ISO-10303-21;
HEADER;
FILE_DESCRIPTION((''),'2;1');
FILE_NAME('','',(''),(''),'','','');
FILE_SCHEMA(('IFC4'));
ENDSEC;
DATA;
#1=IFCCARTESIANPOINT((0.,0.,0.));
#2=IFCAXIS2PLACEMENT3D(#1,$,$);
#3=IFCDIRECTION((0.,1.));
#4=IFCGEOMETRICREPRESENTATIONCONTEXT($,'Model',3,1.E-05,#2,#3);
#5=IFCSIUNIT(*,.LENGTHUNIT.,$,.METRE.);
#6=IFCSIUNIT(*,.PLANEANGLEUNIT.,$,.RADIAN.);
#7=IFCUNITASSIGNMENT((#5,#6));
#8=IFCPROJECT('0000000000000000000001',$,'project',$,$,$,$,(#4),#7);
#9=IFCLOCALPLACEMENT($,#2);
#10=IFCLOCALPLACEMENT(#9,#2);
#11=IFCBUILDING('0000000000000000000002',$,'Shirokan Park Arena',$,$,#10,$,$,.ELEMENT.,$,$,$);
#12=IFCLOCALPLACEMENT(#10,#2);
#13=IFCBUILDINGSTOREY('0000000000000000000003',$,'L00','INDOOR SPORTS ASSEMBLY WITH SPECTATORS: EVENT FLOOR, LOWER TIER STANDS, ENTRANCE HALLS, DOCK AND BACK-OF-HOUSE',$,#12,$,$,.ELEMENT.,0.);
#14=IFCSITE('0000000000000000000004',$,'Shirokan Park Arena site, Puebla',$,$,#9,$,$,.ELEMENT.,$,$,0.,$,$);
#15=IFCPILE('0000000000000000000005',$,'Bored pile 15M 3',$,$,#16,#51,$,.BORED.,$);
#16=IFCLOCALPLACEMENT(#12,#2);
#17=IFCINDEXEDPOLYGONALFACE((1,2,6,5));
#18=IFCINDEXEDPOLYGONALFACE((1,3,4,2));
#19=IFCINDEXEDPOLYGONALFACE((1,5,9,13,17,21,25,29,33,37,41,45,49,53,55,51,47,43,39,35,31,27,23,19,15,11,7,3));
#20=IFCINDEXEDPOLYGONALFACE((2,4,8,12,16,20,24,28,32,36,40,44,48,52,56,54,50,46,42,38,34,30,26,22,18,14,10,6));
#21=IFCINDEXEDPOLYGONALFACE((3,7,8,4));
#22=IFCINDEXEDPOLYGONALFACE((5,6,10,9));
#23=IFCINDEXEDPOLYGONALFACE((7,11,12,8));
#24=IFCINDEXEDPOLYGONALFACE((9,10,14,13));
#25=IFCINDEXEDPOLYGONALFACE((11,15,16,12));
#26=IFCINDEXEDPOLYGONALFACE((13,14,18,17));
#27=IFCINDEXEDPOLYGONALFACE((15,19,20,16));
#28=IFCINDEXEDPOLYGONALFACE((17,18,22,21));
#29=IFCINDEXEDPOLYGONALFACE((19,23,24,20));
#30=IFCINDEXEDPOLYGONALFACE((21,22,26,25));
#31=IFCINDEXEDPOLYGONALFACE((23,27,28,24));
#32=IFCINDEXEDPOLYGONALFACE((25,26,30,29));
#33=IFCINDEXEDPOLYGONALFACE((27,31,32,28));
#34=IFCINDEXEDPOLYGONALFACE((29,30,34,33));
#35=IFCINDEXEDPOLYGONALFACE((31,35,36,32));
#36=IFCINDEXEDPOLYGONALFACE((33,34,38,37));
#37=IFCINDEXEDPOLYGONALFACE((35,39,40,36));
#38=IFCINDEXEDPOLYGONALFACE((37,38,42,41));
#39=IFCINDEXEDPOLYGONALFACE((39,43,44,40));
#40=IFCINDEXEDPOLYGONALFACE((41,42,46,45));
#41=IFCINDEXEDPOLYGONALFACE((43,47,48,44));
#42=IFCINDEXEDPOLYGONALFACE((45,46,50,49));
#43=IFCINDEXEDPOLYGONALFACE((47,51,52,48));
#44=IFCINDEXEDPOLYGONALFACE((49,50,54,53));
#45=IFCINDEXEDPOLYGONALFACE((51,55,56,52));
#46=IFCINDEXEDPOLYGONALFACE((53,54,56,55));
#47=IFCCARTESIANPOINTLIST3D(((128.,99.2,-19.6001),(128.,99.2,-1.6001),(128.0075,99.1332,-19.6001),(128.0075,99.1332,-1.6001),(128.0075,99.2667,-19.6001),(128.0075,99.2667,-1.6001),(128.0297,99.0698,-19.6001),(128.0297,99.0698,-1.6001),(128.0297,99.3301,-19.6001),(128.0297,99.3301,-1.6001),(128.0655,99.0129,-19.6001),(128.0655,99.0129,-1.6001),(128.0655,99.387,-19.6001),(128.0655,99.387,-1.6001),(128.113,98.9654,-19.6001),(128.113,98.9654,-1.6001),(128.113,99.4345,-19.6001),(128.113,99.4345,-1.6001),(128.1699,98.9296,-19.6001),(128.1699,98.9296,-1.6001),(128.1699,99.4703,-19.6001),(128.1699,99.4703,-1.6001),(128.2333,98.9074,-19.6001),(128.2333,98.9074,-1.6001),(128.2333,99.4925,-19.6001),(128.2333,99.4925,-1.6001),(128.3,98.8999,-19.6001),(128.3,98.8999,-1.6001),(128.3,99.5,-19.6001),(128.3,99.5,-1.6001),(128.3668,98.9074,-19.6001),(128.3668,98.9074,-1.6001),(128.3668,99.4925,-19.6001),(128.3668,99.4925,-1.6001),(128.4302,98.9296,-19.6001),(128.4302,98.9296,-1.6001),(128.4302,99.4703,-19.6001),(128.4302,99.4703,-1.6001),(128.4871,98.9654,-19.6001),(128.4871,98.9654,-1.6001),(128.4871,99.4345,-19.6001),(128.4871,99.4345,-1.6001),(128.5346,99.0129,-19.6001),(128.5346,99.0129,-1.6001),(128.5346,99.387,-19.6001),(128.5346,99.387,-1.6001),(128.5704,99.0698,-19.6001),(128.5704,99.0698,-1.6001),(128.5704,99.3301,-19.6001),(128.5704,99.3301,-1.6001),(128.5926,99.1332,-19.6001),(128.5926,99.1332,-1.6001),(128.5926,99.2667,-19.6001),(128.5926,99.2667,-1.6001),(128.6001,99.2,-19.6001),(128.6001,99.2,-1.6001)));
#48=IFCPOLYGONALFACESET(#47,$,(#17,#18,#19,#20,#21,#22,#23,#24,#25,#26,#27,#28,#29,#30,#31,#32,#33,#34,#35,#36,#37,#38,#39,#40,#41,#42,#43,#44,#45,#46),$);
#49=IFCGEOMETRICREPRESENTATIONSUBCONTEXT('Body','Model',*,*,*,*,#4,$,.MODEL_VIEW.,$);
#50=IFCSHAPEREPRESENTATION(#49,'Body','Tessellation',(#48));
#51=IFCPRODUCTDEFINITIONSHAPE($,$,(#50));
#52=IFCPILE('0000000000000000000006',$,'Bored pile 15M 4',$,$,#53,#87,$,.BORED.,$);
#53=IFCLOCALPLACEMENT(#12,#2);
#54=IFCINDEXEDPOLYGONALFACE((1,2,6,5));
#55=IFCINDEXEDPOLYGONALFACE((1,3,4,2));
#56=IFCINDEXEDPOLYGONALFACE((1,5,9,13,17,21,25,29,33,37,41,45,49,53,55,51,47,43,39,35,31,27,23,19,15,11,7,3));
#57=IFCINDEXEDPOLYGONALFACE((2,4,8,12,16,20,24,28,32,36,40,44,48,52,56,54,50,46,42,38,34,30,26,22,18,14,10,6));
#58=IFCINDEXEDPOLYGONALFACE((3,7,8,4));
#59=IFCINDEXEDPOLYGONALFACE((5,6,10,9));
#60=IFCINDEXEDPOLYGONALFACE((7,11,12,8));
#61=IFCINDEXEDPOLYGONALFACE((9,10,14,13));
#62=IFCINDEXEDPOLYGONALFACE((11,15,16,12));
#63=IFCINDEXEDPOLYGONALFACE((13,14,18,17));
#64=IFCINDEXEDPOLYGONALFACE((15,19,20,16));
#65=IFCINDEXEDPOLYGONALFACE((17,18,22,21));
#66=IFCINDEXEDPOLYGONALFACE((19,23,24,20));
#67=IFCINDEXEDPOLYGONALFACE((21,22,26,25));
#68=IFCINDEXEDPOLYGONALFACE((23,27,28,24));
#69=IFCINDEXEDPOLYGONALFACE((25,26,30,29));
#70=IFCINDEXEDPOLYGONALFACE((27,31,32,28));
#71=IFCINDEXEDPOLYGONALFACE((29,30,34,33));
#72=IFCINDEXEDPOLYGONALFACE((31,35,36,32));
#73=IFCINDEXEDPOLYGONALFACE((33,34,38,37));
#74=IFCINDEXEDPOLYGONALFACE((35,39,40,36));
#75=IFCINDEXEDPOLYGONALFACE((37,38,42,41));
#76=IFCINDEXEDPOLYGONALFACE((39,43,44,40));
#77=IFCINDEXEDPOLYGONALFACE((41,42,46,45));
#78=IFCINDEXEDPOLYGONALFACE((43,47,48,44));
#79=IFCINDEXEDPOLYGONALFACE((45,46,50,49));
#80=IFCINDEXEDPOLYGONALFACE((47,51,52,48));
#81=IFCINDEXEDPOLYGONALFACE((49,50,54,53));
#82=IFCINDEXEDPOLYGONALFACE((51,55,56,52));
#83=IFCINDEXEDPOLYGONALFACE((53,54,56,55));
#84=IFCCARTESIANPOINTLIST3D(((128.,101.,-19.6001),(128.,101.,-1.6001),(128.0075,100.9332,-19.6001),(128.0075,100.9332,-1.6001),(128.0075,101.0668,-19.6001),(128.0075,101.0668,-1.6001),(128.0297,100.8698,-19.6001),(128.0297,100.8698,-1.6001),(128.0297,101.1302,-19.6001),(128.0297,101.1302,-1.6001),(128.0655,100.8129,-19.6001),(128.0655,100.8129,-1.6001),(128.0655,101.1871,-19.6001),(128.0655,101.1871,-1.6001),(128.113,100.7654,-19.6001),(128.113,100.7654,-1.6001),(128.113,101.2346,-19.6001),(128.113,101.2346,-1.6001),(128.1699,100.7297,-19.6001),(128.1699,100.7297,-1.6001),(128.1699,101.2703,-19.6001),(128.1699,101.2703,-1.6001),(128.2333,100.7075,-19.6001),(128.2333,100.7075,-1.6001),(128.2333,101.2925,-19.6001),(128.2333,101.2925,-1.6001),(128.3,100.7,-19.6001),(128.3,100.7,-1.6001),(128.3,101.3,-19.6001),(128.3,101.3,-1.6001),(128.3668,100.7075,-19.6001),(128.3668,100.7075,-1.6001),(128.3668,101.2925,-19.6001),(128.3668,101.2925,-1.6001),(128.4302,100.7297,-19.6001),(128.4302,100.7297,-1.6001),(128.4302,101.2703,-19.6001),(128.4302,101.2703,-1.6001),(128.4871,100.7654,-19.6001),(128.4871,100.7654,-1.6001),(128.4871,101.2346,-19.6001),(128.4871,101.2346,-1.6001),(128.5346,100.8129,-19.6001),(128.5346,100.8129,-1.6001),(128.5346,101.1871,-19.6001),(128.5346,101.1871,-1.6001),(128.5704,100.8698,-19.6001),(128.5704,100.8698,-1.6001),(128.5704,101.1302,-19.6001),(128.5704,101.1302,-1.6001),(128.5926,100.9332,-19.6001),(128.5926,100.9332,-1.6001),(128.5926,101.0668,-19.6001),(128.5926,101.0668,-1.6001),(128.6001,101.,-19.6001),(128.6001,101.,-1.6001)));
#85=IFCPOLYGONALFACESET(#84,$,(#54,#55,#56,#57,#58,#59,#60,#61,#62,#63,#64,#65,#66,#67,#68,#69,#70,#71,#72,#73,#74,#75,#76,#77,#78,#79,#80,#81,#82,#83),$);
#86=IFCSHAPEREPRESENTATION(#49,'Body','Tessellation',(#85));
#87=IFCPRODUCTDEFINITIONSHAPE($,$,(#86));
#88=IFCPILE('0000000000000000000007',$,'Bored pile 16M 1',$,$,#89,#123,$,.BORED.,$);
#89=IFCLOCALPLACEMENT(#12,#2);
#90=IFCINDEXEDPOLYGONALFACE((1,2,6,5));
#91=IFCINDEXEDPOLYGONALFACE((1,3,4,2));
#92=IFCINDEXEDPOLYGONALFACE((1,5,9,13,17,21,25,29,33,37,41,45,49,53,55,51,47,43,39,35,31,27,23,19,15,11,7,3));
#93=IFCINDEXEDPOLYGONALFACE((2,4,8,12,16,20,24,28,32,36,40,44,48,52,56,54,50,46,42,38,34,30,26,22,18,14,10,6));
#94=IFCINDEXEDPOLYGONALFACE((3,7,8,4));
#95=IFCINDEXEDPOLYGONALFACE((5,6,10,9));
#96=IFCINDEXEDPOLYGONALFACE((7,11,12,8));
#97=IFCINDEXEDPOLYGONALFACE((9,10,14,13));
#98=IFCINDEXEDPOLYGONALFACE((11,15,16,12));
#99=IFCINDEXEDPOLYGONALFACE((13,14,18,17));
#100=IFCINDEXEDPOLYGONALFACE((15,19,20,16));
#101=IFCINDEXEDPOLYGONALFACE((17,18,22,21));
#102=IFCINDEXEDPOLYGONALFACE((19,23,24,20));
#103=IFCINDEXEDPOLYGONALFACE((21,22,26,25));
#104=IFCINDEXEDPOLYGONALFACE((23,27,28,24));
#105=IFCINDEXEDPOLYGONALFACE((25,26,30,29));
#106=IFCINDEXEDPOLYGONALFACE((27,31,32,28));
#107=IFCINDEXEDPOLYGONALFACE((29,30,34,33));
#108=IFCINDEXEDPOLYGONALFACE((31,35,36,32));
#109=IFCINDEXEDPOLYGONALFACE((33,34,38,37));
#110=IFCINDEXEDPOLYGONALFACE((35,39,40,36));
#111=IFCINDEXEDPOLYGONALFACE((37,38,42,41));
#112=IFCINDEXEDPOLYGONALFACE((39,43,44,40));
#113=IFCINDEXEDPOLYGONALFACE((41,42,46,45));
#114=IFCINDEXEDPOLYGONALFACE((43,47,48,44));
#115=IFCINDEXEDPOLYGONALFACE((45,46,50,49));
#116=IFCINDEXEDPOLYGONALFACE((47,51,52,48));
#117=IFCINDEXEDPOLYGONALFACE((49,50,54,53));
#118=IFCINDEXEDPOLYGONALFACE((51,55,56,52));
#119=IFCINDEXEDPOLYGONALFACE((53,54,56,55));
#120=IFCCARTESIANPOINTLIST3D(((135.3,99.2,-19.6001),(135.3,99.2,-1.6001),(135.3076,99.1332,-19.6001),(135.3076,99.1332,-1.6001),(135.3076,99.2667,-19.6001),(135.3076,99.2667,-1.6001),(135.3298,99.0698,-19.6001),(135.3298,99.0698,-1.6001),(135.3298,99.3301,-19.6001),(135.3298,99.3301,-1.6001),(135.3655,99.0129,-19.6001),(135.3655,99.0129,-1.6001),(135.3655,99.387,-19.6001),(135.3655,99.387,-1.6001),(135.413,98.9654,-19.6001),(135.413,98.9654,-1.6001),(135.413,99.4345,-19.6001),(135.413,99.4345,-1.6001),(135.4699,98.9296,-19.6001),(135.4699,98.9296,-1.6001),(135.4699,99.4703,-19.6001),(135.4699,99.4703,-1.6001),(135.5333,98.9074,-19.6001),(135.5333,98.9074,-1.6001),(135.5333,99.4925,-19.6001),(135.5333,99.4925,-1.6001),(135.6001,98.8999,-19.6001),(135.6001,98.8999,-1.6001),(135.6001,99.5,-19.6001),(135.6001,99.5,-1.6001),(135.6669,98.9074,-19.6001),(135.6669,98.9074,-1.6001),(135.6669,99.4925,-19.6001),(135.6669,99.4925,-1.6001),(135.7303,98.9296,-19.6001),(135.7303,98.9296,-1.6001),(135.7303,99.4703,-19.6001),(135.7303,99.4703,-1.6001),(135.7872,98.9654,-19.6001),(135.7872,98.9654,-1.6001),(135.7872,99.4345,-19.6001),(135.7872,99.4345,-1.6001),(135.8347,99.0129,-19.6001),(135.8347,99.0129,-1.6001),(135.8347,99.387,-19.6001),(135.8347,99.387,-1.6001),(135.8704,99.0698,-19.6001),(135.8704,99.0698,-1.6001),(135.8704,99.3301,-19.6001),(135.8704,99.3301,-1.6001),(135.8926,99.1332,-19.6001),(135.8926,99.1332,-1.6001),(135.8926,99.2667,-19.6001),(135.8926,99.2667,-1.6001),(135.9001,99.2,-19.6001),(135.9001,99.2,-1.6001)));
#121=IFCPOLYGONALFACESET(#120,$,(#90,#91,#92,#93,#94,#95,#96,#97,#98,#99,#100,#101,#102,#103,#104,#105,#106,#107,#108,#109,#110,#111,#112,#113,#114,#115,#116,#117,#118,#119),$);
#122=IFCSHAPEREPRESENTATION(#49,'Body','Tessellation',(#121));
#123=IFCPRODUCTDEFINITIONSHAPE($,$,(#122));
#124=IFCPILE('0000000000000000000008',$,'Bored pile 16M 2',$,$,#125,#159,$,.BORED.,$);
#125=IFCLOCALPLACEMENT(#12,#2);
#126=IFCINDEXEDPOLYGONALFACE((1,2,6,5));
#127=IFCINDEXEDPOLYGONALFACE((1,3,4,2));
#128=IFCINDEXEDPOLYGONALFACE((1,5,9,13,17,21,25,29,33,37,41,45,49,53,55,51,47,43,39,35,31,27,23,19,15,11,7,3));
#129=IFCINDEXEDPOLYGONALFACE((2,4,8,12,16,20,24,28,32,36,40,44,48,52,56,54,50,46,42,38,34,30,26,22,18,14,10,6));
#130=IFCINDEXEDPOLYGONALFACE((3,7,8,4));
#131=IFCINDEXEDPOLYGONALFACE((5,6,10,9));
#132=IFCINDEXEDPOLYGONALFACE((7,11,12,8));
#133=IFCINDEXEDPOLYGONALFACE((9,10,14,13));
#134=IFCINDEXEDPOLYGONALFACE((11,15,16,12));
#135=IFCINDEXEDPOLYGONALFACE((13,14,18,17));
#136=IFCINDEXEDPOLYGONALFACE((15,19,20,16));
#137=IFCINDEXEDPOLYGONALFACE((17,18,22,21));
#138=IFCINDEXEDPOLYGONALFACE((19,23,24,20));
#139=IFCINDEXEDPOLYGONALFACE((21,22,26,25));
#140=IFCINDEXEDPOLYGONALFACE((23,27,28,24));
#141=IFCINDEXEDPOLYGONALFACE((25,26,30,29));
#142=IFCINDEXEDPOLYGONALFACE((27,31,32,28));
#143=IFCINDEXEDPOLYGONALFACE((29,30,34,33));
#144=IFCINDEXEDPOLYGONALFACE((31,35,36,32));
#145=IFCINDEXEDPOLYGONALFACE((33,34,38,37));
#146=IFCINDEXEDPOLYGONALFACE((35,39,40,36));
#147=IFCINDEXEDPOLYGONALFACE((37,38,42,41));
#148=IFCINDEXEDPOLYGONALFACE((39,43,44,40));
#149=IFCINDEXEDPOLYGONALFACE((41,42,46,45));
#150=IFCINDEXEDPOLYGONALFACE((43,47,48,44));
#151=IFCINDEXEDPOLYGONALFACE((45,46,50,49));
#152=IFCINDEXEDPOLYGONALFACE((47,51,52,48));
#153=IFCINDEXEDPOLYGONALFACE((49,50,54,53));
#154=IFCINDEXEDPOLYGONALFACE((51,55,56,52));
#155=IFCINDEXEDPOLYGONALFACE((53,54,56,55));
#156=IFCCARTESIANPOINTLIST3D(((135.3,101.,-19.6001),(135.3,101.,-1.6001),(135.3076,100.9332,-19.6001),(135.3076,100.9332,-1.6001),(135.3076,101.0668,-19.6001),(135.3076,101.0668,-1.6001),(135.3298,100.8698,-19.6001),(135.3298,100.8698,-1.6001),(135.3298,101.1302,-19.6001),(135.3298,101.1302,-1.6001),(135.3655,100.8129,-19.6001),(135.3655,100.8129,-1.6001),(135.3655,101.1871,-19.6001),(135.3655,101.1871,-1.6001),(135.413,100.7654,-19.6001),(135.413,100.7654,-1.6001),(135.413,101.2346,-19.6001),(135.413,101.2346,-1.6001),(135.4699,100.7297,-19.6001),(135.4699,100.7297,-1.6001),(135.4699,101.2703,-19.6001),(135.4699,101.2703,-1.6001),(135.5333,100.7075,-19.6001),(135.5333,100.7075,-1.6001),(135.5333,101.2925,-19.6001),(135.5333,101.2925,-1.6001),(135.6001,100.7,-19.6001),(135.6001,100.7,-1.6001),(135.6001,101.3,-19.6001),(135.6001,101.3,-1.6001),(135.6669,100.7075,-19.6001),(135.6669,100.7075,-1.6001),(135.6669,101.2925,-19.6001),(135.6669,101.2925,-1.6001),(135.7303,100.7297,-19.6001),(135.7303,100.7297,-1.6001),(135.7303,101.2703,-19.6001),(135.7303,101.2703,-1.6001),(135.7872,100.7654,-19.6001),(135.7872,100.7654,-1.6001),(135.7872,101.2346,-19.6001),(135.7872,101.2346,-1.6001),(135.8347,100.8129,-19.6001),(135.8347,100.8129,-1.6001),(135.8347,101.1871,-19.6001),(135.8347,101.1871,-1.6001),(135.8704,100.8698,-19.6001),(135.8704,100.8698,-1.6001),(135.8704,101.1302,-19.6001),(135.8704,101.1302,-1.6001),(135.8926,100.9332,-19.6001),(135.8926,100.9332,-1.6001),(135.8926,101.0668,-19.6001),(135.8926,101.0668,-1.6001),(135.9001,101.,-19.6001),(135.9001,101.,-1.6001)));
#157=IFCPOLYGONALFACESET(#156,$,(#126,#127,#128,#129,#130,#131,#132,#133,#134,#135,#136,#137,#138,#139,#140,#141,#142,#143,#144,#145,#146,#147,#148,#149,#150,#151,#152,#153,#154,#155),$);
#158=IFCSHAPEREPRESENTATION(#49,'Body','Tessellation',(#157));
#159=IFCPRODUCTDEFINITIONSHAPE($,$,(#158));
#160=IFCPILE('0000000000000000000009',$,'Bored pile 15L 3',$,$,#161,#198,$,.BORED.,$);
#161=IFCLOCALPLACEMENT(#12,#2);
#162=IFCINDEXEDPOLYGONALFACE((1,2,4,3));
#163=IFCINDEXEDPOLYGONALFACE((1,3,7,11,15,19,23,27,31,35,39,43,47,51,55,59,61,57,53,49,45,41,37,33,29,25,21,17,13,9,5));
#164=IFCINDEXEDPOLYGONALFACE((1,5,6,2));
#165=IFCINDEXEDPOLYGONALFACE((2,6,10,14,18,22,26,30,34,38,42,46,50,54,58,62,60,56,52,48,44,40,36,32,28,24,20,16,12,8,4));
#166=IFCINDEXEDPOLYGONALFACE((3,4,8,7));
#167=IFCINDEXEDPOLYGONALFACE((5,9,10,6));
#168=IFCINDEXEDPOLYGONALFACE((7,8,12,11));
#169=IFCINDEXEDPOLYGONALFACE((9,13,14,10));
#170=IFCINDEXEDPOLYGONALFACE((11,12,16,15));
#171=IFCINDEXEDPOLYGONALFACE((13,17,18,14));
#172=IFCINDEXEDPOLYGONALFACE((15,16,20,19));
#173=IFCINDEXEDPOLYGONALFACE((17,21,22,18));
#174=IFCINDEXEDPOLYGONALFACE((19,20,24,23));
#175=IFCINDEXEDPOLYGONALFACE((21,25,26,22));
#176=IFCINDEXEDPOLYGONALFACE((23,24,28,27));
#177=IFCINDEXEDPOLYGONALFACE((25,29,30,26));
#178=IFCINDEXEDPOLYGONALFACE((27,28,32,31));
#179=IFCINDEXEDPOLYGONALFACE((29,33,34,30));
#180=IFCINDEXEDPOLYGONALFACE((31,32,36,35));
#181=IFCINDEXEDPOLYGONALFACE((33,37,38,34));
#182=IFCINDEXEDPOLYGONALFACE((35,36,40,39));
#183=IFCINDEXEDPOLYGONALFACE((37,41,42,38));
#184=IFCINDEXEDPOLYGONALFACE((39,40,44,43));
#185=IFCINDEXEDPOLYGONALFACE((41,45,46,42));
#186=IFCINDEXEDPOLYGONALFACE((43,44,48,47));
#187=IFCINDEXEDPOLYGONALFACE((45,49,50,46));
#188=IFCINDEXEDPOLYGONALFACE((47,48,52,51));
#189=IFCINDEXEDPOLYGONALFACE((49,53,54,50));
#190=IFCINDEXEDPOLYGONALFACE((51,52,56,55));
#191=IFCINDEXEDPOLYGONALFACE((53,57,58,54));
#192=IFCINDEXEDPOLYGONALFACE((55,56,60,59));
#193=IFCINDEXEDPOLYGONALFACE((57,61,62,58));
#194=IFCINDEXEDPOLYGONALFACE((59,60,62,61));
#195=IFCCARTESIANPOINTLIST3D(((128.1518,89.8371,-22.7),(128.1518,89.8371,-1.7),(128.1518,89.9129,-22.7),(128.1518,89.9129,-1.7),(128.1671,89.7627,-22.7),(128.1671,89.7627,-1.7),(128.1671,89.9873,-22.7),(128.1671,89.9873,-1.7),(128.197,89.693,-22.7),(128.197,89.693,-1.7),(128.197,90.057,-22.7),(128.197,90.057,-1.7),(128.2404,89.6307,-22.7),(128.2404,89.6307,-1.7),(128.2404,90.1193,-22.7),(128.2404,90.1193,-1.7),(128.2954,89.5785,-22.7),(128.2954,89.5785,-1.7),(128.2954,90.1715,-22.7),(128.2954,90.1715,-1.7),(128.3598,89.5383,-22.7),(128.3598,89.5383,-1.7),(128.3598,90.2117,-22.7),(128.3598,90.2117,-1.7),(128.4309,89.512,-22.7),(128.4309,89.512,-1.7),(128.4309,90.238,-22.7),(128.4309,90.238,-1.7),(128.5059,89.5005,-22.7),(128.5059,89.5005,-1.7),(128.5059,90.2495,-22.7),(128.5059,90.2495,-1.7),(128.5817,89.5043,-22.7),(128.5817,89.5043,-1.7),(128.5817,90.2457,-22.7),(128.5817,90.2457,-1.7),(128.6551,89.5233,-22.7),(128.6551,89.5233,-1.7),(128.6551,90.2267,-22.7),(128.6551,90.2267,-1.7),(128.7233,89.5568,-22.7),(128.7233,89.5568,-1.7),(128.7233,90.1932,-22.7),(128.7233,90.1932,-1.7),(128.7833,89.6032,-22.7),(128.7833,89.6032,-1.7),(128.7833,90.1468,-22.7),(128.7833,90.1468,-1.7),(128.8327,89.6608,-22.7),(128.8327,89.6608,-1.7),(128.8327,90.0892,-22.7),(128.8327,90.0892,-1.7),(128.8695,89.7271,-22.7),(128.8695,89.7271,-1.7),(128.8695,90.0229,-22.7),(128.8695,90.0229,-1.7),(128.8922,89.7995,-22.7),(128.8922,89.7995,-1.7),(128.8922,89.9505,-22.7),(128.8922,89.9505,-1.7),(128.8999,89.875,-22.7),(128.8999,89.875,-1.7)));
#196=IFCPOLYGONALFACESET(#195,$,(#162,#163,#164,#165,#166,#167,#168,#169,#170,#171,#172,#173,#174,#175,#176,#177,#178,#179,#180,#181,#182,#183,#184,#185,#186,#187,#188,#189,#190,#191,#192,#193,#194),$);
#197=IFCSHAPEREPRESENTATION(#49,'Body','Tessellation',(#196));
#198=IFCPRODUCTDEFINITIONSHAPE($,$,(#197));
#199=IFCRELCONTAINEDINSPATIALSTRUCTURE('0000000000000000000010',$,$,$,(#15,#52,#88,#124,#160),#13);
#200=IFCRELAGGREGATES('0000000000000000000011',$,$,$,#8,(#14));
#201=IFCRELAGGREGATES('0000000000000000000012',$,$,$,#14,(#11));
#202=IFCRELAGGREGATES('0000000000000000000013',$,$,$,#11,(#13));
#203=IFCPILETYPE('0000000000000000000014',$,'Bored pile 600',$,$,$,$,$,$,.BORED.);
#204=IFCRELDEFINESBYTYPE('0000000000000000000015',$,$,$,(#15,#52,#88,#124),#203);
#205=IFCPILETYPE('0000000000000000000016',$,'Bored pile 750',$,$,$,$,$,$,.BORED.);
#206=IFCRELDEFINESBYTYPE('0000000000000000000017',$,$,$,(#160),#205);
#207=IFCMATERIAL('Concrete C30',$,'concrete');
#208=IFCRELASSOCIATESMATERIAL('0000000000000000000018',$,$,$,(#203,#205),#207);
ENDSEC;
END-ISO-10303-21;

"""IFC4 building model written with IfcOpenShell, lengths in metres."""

from ifc_helpers import new_model, si_unit, direction, frame, origin, origin_2d, place, context, subcontext, project, spatial, circle, extrude, material, material_profile, profile_set, type_object, element, save


model = new_model("IFC4")

# Units and contexts
model_context = context("Model", 3, precision=1e-05, world=origin(), true_north=direction((0.0, 1.0)))
body_context = subcontext(model_context, "Body", "Model", "MODEL_VIEW")
ifc_project = project(units=[si_unit("LENGTHUNIT", "METRE"), si_unit("PLANEANGLEUNIT", "RADIAN")], contexts=[model_context])

# Site, building, storey
site_placement = place(None, origin())
site = spatial("IfcSite", under=ifc_project, at=site_placement, Name="Shirokan Park Arena site, Puebla", CompositionType="ELEMENT", RefElevation=0.0)
building_placement = place(site_placement, origin())
building = spatial("IfcBuilding", under=site, at=building_placement, Name="Shirokan Park Arena", CompositionType="ELEMENT")
storey_placement = place(building_placement, origin())
storey = spatial("IfcBuildingStorey", under=building, at=storey_placement, Name="L00", Description="INDOOR SPORTS ASSEMBLY WITH SPECTATORS: EVENT FLOOR, LOWER TIER STANDS, ENTRANCE HALLS, DOCK AND BACK-OF-HOUSE", CompositionType="ELEMENT", Elevation=0.0)

# Piles
ifc_material_1 = material(Name="Concrete C30", Category="concrete")
ifc_material_profile_1 = material_profile(ifc_material_1, circle(Radius=0.3, at=origin_2d()), Name="D600")
ifc_profile_set_1 = profile_set([ifc_material_profile_1], Name="Concrete C30")
pile_type_1 = type_object("IfcPileType", Name="Bored pile 600", PredefinedType="BORED", material=ifc_profile_set_1)
for number, where, z_axis, x_axis, name in (
    (1, (128.3, 99.2, -1.6001), (0.0, 0.0, -1.0), (1.0, 0.0, 0.0), "Bored pile 15M 3"),
    (2, (128.3, 101.0, -1.6001), (0.0, 0.0, -1.0), (1.0, 0.0, 0.0), "Bored pile 15M 4"),
    (3, (135.6001, 99.2, -1.6001), (0.0, 0.0, -1.0), (1.0, 0.0, 0.0), "Bored pile 16M 1"),
    (4, (135.6001, 101.0, -1.6001), (0.0, 0.0, -1.0), (1.0, 0.0, 0.0), "Bored pile 16M 2"),
):
    element("IfcPile", number, at=place(storey_placement, frame(where, z_axis=z_axis, x_axis=x_axis)), inside=storey, type_object=pile_type_1, Name=name, PredefinedType="BORED", context=body_context, shape_type="SweptSolid", body=[
        extrude(circle(Radius=0.3, at=origin_2d()), origin(), (0.0, 0.0, 1.0), 18.0),
    ])
ifc_material_profile_2 = material_profile(ifc_material_1, circle(Radius=0.375, at=origin_2d()), Name="D750")
ifc_profile_set_2 = profile_set([ifc_material_profile_2], Name="Concrete C30")
pile_type_2 = type_object("IfcPileType", Name="Bored pile 750", PredefinedType="BORED", material=ifc_profile_set_2)
for number, where, z_axis, x_axis, name in (
    (5, (128.5249, 89.875, -1.7), (0.0, 0.0, -1.0), (1.0, 0.0, 0.0), "Bored pile 15L 3"),
):
    element("IfcPile", number, at=place(storey_placement, frame(where, z_axis=z_axis, x_axis=x_axis)), inside=storey, type_object=pile_type_2, Name=name, PredefinedType="BORED", context=body_context, shape_type="SweptSolid", body=[
        extrude(circle(Radius=0.375, at=origin_2d()), origin(), (0.0, 0.0, 1.0), 21.0),
    ])

save(model, "model.ifc")
